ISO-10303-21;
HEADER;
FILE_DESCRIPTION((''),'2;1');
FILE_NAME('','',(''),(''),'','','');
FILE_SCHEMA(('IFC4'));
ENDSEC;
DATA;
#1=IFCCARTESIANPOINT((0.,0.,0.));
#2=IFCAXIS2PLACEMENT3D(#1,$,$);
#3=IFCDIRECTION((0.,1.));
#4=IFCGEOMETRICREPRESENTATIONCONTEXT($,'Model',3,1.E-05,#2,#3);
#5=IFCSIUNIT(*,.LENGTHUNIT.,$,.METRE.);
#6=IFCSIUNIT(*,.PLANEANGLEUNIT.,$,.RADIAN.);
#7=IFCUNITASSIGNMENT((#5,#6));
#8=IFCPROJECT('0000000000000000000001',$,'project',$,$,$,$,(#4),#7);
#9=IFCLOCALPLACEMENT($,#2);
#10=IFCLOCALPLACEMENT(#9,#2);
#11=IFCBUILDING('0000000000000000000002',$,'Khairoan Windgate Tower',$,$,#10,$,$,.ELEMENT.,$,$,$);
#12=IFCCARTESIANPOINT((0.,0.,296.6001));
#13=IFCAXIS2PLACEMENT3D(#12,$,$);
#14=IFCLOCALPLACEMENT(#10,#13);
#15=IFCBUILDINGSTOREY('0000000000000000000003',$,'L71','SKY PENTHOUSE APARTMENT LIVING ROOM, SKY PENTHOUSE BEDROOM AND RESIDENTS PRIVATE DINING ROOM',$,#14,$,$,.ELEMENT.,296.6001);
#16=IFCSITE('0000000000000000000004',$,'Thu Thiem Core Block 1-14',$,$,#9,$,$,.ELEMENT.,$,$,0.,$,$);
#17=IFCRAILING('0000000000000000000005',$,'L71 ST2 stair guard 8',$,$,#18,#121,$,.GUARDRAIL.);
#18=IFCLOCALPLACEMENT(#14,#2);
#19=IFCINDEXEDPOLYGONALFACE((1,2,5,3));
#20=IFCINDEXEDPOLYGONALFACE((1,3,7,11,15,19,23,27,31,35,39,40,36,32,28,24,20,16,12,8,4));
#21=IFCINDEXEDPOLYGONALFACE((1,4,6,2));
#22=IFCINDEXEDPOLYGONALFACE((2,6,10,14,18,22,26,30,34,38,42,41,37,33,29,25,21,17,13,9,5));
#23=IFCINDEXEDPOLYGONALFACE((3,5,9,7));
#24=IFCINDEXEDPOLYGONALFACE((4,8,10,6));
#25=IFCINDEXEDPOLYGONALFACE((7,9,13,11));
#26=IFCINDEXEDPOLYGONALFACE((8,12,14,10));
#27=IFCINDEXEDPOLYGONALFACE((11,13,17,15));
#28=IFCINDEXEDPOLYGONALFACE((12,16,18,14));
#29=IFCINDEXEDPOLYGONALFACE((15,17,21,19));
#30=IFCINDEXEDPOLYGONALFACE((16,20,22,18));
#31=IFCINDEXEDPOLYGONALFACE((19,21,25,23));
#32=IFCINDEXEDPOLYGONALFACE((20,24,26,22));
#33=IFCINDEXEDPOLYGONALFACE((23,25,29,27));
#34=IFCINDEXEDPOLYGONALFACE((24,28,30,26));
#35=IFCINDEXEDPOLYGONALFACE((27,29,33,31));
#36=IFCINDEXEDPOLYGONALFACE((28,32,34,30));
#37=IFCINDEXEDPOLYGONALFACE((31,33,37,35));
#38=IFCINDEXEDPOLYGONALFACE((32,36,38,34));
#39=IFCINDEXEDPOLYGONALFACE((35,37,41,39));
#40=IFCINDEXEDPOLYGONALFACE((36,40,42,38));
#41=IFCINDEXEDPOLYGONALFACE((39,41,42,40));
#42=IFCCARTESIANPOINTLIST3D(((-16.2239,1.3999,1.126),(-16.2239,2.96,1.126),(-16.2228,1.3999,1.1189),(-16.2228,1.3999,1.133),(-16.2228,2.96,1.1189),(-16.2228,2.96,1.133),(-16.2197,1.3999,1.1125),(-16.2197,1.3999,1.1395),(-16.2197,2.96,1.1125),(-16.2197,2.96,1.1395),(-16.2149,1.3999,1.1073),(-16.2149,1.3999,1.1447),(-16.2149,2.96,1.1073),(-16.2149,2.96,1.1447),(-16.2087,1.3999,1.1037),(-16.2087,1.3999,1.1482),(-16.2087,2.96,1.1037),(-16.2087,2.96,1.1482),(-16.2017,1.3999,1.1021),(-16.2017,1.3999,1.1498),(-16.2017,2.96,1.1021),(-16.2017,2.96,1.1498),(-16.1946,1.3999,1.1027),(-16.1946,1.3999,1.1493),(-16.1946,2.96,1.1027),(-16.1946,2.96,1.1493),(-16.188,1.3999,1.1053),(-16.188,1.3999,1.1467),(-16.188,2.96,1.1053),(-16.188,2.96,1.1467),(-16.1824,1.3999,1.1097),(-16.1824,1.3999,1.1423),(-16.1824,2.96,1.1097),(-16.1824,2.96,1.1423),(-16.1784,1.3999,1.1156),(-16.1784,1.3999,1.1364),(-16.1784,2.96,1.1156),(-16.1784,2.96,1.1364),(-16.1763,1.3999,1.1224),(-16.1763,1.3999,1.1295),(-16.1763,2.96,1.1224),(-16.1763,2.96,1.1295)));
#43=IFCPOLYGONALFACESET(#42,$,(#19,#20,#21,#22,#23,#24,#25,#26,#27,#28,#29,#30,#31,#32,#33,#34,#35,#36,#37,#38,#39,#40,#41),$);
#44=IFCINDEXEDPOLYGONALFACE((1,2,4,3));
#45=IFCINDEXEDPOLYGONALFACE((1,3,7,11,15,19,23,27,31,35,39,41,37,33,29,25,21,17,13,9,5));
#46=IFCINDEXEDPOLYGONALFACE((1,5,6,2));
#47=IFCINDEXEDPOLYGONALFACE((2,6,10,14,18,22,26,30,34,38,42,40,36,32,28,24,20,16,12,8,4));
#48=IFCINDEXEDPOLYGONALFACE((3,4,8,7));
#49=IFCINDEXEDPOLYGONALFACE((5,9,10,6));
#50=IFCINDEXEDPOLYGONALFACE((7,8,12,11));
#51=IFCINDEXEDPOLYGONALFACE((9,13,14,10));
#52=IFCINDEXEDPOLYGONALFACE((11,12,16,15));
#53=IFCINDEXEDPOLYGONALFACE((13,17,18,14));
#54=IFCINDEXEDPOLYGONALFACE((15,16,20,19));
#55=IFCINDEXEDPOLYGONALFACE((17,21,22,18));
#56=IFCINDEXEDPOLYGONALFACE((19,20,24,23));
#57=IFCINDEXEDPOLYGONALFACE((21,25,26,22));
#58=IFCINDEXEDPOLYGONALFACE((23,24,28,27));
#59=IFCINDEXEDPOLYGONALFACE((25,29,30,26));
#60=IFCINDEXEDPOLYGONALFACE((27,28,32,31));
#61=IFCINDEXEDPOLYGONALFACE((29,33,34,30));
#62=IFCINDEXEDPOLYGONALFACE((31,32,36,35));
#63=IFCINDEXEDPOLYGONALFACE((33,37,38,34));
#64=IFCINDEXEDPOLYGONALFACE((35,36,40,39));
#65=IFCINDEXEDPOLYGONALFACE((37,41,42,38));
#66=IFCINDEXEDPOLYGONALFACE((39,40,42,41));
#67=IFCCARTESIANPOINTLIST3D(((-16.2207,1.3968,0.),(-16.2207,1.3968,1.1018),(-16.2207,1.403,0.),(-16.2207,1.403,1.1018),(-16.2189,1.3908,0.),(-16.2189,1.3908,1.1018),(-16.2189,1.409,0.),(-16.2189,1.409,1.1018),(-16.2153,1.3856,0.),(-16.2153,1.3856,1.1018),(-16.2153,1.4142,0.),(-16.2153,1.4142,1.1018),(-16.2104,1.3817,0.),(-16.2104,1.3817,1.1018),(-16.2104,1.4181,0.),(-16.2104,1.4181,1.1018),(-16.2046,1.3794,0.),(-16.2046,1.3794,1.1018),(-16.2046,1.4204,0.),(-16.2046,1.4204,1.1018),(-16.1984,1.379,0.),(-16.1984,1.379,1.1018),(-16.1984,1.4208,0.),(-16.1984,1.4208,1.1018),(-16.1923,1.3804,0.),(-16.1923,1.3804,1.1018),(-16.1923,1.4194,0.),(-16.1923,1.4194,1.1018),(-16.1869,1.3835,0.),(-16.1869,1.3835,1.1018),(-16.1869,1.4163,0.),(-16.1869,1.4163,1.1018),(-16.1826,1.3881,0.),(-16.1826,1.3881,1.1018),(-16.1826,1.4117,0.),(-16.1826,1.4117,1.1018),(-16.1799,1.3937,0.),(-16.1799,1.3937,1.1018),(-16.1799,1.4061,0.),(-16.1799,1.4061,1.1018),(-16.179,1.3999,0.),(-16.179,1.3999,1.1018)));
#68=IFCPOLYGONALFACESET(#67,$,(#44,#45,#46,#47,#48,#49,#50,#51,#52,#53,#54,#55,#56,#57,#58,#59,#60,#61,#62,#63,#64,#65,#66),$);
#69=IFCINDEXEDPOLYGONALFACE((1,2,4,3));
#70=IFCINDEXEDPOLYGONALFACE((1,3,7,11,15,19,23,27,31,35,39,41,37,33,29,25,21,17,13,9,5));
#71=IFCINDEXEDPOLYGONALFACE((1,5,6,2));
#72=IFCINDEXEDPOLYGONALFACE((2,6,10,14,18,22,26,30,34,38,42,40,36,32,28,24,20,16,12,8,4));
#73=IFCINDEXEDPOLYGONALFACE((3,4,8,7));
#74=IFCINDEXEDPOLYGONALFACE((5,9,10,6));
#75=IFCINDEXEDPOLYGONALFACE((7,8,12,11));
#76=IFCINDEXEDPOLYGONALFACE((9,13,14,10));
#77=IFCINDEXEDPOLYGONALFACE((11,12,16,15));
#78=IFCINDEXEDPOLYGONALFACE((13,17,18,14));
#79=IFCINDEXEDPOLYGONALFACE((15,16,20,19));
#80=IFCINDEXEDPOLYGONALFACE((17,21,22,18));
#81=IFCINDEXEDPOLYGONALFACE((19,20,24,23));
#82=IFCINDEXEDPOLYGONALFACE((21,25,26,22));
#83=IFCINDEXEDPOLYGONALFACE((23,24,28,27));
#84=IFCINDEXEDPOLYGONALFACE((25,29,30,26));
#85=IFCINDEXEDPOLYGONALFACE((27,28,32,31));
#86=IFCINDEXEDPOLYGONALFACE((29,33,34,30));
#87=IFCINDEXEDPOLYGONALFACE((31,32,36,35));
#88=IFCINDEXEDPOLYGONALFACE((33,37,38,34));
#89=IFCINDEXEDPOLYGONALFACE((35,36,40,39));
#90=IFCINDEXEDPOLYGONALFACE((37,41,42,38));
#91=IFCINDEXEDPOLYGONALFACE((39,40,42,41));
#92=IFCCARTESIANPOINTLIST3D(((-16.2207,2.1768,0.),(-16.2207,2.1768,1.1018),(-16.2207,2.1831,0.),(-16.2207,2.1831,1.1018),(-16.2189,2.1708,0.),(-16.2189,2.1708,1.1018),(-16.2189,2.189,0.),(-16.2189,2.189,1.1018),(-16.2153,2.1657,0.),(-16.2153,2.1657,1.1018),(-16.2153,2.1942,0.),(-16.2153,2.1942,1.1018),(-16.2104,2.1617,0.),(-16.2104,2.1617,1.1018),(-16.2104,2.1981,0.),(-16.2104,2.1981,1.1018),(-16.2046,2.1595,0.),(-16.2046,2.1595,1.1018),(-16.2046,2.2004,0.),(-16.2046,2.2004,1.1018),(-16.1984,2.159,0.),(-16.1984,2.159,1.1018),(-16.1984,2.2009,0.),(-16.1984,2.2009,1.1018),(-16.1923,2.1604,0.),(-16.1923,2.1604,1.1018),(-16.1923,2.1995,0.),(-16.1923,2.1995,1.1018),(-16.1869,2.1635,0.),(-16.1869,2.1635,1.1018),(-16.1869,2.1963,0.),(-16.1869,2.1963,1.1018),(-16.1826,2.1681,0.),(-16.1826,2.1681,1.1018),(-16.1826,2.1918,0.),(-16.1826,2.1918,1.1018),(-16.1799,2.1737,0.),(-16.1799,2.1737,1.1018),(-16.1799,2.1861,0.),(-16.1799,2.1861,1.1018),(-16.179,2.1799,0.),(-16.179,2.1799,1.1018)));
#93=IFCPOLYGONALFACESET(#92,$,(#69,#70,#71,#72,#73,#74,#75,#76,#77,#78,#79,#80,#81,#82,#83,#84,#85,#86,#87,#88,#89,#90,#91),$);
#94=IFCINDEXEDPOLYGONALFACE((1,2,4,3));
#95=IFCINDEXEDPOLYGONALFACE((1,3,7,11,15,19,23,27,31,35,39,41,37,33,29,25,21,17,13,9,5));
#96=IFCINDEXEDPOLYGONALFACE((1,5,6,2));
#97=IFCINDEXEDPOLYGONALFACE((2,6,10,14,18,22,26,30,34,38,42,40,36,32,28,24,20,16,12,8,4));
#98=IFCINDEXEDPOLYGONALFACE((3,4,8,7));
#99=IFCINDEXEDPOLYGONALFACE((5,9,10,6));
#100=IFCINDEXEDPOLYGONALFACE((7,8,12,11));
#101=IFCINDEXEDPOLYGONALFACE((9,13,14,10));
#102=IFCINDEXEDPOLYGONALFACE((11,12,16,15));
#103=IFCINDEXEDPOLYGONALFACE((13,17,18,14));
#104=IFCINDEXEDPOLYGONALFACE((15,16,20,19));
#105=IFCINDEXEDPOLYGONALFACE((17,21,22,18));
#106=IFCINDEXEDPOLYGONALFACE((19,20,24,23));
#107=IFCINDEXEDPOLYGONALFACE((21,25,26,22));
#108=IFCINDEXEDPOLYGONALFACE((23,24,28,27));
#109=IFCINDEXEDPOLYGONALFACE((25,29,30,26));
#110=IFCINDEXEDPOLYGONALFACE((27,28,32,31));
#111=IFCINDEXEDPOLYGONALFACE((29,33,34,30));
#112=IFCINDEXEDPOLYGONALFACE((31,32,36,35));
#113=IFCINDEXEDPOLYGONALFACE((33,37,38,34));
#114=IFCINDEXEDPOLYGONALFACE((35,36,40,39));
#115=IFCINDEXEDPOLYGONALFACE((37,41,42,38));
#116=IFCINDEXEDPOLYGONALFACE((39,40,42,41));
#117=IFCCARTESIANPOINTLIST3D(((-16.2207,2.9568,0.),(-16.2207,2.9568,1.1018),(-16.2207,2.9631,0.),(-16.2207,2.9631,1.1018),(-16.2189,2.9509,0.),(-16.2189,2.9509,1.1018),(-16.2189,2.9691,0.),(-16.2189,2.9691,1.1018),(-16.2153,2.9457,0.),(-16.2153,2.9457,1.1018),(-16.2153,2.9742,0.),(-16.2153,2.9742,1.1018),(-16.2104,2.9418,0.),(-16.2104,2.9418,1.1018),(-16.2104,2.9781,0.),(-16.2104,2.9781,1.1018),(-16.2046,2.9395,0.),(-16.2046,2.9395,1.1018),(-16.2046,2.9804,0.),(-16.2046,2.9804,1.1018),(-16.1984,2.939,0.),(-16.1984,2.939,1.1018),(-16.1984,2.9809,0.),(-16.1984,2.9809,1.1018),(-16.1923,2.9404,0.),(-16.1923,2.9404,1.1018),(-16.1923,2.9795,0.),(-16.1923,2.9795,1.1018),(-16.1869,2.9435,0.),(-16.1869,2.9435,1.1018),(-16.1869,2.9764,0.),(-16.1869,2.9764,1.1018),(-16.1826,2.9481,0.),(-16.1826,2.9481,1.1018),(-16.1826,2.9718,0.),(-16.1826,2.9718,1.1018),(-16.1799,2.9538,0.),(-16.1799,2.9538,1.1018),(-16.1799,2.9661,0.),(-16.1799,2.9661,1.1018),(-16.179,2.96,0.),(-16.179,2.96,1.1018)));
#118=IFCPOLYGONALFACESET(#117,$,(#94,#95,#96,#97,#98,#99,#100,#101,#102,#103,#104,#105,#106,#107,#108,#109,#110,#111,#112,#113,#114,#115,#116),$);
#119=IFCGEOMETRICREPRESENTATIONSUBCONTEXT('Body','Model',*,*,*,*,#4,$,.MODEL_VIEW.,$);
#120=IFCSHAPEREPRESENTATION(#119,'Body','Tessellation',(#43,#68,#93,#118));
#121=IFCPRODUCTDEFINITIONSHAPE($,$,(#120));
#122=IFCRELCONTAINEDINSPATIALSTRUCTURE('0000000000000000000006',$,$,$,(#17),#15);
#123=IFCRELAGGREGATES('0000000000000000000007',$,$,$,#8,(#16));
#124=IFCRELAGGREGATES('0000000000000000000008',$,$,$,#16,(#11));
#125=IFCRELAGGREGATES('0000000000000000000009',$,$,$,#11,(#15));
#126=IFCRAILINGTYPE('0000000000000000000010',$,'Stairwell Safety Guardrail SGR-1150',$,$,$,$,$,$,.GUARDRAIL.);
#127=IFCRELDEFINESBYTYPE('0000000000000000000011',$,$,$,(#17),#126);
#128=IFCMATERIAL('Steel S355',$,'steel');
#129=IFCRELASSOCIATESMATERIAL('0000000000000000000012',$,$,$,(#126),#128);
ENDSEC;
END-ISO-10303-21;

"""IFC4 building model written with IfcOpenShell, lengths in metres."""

from ifc_helpers import new_model, si_unit, direction, frame, origin, origin_2d, place, context, subcontext, project, spatial, circle, extrude, material, type_object, element, save


model = new_model("IFC4")

# Units and contexts
model_context = context("Model", 3, precision=1e-05, world=origin(), true_north=direction((0.0, 1.0)))
body_context = subcontext(model_context, "Body", "Model", "MODEL_VIEW")
ifc_project = project(units=[si_unit("LENGTHUNIT", "METRE"), si_unit("PLANEANGLEUNIT", "RADIAN")], contexts=[model_context])

# Site, building, storey
site_placement = place(None, origin())
site = spatial("IfcSite", under=ifc_project, at=site_placement, Name="Thu Thiem Core Block 1-14", CompositionType="ELEMENT", RefElevation=0.0)
building_placement = place(site_placement, origin())
building = spatial("IfcBuilding", under=site, at=building_placement, Name="Khairoan Windgate Tower", CompositionType="ELEMENT")
storey_placement = place(building_placement, frame((0.0, 0.0, 296.6001)))
storey = spatial("IfcBuildingStorey", under=building, at=storey_placement, Name="L71", Description="SKY PENTHOUSE APARTMENT LIVING ROOM, SKY PENTHOUSE BEDROOM AND RESIDENTS PRIVATE DINING ROOM", CompositionType="ELEMENT", Elevation=296.6001)

# Railing
ifc_material_1 = material(Name="Steel S355", Category="steel")
railing_type_1 = type_object("IfcRailingType", Name="Stairwell Safety Guardrail SGR-1150", PredefinedType="GUARDRAIL", material=ifc_material_1)
railing_1_placement = place(storey_placement, frame((-16.2, 1.3999, 0.0)))
element("IfcRailing", 1, at=railing_1_placement, inside=storey, type_object=railing_type_1, Name="L71 ST2 stair guard 8", PredefinedType="GUARDRAIL", context=body_context, shape_type="SweptSolid", body=[
    extrude(circle(Radius=0.0239, at=origin_2d()), frame((0.0, 0.0, 1.126), z_axis=(0.0, 1.0, 0.0), x_axis=(-1.0, 0.0, 0.0)), (0.0, 0.0, 1.0), 1.5601),
    extrude(circle(Radius=0.021, at=origin_2d()), origin(), (0.0, 0.0, 1.0), 1.1018),
    extrude(circle(Radius=0.021, at=origin_2d()), frame((0.0, 0.78, 0.0)), (0.0, 0.0, 1.0), 1.1018),
    extrude(circle(Radius=0.021, at=origin_2d()), frame((0.0, 1.5601, 0.0)), (0.0, 0.0, 1.0), 1.1018),
])

save(model, "model.ifc")
